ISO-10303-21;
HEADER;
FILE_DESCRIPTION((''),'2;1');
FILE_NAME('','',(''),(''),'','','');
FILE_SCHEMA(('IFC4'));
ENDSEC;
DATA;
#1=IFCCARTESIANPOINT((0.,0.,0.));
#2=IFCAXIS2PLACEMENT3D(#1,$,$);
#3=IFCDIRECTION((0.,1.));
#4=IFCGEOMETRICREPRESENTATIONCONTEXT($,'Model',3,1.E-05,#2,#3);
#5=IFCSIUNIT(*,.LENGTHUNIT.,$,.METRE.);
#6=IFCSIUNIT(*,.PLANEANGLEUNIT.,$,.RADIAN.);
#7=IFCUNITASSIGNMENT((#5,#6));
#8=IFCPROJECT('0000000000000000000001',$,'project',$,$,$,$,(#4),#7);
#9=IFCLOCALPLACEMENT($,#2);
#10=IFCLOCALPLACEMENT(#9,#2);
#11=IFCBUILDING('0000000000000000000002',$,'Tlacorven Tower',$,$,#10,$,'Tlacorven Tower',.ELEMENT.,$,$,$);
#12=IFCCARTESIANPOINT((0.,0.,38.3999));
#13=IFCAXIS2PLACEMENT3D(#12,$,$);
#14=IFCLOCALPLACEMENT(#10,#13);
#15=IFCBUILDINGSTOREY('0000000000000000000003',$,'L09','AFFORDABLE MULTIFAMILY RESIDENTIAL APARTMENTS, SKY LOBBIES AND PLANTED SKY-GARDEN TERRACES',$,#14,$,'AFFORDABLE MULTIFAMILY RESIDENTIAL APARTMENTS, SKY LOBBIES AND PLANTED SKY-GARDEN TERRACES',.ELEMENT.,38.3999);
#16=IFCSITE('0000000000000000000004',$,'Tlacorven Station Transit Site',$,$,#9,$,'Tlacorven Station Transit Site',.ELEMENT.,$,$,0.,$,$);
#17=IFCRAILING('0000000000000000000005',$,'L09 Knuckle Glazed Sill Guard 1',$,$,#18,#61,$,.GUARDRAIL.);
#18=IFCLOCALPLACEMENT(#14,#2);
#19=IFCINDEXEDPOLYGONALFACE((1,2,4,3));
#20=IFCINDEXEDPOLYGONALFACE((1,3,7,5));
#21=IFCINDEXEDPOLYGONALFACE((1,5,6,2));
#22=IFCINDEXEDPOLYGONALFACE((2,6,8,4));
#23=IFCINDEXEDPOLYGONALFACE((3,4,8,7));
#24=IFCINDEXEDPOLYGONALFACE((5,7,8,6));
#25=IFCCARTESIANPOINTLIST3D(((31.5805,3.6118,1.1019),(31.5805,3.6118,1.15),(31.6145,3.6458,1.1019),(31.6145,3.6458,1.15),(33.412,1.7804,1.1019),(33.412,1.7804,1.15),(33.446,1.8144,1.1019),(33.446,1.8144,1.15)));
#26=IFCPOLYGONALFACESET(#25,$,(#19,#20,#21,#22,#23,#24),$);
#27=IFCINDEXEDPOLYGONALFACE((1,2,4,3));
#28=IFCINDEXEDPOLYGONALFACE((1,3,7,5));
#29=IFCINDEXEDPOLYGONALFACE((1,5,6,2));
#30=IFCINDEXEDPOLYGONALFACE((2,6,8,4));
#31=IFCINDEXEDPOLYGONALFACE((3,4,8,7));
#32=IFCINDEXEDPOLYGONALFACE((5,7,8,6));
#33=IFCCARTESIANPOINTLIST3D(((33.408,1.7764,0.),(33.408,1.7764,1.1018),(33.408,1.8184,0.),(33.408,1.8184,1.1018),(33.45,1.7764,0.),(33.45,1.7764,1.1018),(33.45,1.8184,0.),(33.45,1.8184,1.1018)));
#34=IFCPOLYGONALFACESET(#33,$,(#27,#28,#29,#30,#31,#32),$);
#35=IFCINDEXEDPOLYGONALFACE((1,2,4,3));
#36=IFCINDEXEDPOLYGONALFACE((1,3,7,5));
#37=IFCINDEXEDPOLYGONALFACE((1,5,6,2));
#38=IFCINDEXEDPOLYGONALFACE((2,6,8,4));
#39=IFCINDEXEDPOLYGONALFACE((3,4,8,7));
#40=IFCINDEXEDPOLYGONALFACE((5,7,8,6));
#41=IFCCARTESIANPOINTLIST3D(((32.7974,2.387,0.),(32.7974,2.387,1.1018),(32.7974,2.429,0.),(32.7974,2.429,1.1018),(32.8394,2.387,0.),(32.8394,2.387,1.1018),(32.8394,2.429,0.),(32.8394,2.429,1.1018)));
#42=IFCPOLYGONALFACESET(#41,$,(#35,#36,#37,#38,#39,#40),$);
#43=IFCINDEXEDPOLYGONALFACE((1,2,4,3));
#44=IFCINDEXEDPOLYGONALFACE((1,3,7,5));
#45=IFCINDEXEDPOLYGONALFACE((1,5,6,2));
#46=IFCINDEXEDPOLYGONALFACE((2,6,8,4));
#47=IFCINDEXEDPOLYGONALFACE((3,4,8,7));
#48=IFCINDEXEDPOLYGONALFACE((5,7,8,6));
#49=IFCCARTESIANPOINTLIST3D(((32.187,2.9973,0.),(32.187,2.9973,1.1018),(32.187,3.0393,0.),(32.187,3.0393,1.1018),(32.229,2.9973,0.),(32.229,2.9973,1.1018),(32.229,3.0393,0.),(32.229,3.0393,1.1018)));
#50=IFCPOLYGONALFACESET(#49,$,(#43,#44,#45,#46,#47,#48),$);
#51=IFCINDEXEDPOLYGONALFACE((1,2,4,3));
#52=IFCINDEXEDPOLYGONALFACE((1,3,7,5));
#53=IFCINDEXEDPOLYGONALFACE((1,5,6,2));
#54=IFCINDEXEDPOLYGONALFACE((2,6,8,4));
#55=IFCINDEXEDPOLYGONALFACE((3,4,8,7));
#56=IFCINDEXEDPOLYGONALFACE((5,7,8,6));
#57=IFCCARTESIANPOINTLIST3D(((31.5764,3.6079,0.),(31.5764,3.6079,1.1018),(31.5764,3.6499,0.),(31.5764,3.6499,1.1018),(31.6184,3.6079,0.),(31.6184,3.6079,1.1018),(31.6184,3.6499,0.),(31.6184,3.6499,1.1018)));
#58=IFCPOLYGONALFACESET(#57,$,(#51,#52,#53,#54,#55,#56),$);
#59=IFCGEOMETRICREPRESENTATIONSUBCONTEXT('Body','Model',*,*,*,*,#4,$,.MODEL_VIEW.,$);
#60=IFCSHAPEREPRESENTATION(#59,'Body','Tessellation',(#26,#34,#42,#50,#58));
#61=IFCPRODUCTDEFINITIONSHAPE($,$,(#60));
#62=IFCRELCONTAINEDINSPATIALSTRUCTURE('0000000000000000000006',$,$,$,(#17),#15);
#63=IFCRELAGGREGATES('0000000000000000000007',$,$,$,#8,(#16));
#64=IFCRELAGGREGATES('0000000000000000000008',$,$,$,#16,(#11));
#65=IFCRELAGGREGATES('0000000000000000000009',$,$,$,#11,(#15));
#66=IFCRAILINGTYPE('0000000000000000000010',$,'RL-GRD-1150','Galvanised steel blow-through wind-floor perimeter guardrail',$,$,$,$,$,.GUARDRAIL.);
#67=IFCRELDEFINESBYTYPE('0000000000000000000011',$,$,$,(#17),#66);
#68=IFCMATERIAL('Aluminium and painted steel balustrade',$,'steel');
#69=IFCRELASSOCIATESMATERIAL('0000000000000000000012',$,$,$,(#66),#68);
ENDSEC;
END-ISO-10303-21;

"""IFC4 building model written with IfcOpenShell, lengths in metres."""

from ifc_helpers import new_model, si_unit, direction, frame, origin, origin_2d, place, context, subcontext, project, spatial, rectangle, extrude, source, transform, mapped, material, type_object, element, save


model = new_model("IFC4")

# Units and contexts
model_context = context("Model", 3, precision=1e-05, world=origin(), true_north=direction((0.0, 1.0)))
body_context = subcontext(model_context, "Body", "Model", "MODEL_VIEW")
ifc_project = project(units=[si_unit("LENGTHUNIT", "METRE"), si_unit("PLANEANGLEUNIT", "RADIAN")], contexts=[model_context])

# Site, building, storey
site_placement = place(None, origin())
site = spatial("IfcSite", under=ifc_project, at=site_placement, Name="Tlacorven Station Transit Site", LongName="Tlacorven Station Transit Site", CompositionType="ELEMENT", RefElevation=0.0)
building_placement = place(site_placement, origin())
building = spatial("IfcBuilding", under=site, at=building_placement, Name="Tlacorven Tower", LongName="Tlacorven Tower", CompositionType="ELEMENT")
storey_placement = place(building_placement, frame((0.0, 0.0, 38.3999)))
storey = spatial("IfcBuildingStorey", under=building, at=storey_placement, Name="L09", Description="AFFORDABLE MULTIFAMILY RESIDENTIAL APARTMENTS, SKY LOBBIES AND PLANTED SKY-GARDEN TERRACES", LongName="AFFORDABLE MULTIFAMILY RESIDENTIAL APARTMENTS, SKY LOBBIES AND PLANTED SKY-GARDEN TERRACES", CompositionType="ELEMENT", Elevation=38.3999)

# Railing
ifc_material_1 = material(Name="Aluminium and painted steel balustrade", Category="steel")
railing_type = type_object("IfcRailingType", Name="RL-GRD-1150", Description="Galvanised steel blow-through wind-floor perimeter guardrail", PredefinedType="GUARDRAIL", material=ifc_material_1)
shared_shape_1 = source(origin(), body_context, "Body", "SweptSolid", [
    extrude(rectangle(XDim=0.0481, YDim=0.0481, at=origin_2d()), frame((0.0, 0.0, 1.126), z_axis=(-0.707107, 0.707107, 0.0), x_axis=(-0.707107, -0.707107, 0.0)), (0.0, 0.0, 1.0), 2.5901),
    extrude(rectangle(XDim=0.042, YDim=0.042, at=origin_2d()), origin(), (0.0, 0.0, 1.0), 1.1018),
    extrude(rectangle(XDim=0.042, YDim=0.042, at=origin_2d()), frame((-0.6106, 0.6106, 0.0)), (0.0, 0.0, 1.0), 1.1018),
    extrude(rectangle(XDim=0.042, YDim=0.042, at=origin_2d()), frame((-1.2209, 1.2209, 0.0)), (0.0, 0.0, 1.0), 1.1018),
    extrude(rectangle(XDim=0.042, YDim=0.042, at=origin_2d()), frame((-1.8315, 1.8315, 0.0)), (0.0, 0.0, 1.0), 1.1018),
])
railing_placement = place(storey_placement, frame((33.429, 1.7974, 0.0)))
element("IfcRailing", 1, at=railing_placement, inside=storey, type_object=railing_type, Name="L09 Knuckle Glazed Sill Guard 1", PredefinedType="GUARDRAIL", context=body_context, shape_type="MappedRepresentation", body=[
    mapped(shared_shape_1, transform((0.0, 0.0, 0.0), scale=1.0)),
])

save(model, "model.ifc")
